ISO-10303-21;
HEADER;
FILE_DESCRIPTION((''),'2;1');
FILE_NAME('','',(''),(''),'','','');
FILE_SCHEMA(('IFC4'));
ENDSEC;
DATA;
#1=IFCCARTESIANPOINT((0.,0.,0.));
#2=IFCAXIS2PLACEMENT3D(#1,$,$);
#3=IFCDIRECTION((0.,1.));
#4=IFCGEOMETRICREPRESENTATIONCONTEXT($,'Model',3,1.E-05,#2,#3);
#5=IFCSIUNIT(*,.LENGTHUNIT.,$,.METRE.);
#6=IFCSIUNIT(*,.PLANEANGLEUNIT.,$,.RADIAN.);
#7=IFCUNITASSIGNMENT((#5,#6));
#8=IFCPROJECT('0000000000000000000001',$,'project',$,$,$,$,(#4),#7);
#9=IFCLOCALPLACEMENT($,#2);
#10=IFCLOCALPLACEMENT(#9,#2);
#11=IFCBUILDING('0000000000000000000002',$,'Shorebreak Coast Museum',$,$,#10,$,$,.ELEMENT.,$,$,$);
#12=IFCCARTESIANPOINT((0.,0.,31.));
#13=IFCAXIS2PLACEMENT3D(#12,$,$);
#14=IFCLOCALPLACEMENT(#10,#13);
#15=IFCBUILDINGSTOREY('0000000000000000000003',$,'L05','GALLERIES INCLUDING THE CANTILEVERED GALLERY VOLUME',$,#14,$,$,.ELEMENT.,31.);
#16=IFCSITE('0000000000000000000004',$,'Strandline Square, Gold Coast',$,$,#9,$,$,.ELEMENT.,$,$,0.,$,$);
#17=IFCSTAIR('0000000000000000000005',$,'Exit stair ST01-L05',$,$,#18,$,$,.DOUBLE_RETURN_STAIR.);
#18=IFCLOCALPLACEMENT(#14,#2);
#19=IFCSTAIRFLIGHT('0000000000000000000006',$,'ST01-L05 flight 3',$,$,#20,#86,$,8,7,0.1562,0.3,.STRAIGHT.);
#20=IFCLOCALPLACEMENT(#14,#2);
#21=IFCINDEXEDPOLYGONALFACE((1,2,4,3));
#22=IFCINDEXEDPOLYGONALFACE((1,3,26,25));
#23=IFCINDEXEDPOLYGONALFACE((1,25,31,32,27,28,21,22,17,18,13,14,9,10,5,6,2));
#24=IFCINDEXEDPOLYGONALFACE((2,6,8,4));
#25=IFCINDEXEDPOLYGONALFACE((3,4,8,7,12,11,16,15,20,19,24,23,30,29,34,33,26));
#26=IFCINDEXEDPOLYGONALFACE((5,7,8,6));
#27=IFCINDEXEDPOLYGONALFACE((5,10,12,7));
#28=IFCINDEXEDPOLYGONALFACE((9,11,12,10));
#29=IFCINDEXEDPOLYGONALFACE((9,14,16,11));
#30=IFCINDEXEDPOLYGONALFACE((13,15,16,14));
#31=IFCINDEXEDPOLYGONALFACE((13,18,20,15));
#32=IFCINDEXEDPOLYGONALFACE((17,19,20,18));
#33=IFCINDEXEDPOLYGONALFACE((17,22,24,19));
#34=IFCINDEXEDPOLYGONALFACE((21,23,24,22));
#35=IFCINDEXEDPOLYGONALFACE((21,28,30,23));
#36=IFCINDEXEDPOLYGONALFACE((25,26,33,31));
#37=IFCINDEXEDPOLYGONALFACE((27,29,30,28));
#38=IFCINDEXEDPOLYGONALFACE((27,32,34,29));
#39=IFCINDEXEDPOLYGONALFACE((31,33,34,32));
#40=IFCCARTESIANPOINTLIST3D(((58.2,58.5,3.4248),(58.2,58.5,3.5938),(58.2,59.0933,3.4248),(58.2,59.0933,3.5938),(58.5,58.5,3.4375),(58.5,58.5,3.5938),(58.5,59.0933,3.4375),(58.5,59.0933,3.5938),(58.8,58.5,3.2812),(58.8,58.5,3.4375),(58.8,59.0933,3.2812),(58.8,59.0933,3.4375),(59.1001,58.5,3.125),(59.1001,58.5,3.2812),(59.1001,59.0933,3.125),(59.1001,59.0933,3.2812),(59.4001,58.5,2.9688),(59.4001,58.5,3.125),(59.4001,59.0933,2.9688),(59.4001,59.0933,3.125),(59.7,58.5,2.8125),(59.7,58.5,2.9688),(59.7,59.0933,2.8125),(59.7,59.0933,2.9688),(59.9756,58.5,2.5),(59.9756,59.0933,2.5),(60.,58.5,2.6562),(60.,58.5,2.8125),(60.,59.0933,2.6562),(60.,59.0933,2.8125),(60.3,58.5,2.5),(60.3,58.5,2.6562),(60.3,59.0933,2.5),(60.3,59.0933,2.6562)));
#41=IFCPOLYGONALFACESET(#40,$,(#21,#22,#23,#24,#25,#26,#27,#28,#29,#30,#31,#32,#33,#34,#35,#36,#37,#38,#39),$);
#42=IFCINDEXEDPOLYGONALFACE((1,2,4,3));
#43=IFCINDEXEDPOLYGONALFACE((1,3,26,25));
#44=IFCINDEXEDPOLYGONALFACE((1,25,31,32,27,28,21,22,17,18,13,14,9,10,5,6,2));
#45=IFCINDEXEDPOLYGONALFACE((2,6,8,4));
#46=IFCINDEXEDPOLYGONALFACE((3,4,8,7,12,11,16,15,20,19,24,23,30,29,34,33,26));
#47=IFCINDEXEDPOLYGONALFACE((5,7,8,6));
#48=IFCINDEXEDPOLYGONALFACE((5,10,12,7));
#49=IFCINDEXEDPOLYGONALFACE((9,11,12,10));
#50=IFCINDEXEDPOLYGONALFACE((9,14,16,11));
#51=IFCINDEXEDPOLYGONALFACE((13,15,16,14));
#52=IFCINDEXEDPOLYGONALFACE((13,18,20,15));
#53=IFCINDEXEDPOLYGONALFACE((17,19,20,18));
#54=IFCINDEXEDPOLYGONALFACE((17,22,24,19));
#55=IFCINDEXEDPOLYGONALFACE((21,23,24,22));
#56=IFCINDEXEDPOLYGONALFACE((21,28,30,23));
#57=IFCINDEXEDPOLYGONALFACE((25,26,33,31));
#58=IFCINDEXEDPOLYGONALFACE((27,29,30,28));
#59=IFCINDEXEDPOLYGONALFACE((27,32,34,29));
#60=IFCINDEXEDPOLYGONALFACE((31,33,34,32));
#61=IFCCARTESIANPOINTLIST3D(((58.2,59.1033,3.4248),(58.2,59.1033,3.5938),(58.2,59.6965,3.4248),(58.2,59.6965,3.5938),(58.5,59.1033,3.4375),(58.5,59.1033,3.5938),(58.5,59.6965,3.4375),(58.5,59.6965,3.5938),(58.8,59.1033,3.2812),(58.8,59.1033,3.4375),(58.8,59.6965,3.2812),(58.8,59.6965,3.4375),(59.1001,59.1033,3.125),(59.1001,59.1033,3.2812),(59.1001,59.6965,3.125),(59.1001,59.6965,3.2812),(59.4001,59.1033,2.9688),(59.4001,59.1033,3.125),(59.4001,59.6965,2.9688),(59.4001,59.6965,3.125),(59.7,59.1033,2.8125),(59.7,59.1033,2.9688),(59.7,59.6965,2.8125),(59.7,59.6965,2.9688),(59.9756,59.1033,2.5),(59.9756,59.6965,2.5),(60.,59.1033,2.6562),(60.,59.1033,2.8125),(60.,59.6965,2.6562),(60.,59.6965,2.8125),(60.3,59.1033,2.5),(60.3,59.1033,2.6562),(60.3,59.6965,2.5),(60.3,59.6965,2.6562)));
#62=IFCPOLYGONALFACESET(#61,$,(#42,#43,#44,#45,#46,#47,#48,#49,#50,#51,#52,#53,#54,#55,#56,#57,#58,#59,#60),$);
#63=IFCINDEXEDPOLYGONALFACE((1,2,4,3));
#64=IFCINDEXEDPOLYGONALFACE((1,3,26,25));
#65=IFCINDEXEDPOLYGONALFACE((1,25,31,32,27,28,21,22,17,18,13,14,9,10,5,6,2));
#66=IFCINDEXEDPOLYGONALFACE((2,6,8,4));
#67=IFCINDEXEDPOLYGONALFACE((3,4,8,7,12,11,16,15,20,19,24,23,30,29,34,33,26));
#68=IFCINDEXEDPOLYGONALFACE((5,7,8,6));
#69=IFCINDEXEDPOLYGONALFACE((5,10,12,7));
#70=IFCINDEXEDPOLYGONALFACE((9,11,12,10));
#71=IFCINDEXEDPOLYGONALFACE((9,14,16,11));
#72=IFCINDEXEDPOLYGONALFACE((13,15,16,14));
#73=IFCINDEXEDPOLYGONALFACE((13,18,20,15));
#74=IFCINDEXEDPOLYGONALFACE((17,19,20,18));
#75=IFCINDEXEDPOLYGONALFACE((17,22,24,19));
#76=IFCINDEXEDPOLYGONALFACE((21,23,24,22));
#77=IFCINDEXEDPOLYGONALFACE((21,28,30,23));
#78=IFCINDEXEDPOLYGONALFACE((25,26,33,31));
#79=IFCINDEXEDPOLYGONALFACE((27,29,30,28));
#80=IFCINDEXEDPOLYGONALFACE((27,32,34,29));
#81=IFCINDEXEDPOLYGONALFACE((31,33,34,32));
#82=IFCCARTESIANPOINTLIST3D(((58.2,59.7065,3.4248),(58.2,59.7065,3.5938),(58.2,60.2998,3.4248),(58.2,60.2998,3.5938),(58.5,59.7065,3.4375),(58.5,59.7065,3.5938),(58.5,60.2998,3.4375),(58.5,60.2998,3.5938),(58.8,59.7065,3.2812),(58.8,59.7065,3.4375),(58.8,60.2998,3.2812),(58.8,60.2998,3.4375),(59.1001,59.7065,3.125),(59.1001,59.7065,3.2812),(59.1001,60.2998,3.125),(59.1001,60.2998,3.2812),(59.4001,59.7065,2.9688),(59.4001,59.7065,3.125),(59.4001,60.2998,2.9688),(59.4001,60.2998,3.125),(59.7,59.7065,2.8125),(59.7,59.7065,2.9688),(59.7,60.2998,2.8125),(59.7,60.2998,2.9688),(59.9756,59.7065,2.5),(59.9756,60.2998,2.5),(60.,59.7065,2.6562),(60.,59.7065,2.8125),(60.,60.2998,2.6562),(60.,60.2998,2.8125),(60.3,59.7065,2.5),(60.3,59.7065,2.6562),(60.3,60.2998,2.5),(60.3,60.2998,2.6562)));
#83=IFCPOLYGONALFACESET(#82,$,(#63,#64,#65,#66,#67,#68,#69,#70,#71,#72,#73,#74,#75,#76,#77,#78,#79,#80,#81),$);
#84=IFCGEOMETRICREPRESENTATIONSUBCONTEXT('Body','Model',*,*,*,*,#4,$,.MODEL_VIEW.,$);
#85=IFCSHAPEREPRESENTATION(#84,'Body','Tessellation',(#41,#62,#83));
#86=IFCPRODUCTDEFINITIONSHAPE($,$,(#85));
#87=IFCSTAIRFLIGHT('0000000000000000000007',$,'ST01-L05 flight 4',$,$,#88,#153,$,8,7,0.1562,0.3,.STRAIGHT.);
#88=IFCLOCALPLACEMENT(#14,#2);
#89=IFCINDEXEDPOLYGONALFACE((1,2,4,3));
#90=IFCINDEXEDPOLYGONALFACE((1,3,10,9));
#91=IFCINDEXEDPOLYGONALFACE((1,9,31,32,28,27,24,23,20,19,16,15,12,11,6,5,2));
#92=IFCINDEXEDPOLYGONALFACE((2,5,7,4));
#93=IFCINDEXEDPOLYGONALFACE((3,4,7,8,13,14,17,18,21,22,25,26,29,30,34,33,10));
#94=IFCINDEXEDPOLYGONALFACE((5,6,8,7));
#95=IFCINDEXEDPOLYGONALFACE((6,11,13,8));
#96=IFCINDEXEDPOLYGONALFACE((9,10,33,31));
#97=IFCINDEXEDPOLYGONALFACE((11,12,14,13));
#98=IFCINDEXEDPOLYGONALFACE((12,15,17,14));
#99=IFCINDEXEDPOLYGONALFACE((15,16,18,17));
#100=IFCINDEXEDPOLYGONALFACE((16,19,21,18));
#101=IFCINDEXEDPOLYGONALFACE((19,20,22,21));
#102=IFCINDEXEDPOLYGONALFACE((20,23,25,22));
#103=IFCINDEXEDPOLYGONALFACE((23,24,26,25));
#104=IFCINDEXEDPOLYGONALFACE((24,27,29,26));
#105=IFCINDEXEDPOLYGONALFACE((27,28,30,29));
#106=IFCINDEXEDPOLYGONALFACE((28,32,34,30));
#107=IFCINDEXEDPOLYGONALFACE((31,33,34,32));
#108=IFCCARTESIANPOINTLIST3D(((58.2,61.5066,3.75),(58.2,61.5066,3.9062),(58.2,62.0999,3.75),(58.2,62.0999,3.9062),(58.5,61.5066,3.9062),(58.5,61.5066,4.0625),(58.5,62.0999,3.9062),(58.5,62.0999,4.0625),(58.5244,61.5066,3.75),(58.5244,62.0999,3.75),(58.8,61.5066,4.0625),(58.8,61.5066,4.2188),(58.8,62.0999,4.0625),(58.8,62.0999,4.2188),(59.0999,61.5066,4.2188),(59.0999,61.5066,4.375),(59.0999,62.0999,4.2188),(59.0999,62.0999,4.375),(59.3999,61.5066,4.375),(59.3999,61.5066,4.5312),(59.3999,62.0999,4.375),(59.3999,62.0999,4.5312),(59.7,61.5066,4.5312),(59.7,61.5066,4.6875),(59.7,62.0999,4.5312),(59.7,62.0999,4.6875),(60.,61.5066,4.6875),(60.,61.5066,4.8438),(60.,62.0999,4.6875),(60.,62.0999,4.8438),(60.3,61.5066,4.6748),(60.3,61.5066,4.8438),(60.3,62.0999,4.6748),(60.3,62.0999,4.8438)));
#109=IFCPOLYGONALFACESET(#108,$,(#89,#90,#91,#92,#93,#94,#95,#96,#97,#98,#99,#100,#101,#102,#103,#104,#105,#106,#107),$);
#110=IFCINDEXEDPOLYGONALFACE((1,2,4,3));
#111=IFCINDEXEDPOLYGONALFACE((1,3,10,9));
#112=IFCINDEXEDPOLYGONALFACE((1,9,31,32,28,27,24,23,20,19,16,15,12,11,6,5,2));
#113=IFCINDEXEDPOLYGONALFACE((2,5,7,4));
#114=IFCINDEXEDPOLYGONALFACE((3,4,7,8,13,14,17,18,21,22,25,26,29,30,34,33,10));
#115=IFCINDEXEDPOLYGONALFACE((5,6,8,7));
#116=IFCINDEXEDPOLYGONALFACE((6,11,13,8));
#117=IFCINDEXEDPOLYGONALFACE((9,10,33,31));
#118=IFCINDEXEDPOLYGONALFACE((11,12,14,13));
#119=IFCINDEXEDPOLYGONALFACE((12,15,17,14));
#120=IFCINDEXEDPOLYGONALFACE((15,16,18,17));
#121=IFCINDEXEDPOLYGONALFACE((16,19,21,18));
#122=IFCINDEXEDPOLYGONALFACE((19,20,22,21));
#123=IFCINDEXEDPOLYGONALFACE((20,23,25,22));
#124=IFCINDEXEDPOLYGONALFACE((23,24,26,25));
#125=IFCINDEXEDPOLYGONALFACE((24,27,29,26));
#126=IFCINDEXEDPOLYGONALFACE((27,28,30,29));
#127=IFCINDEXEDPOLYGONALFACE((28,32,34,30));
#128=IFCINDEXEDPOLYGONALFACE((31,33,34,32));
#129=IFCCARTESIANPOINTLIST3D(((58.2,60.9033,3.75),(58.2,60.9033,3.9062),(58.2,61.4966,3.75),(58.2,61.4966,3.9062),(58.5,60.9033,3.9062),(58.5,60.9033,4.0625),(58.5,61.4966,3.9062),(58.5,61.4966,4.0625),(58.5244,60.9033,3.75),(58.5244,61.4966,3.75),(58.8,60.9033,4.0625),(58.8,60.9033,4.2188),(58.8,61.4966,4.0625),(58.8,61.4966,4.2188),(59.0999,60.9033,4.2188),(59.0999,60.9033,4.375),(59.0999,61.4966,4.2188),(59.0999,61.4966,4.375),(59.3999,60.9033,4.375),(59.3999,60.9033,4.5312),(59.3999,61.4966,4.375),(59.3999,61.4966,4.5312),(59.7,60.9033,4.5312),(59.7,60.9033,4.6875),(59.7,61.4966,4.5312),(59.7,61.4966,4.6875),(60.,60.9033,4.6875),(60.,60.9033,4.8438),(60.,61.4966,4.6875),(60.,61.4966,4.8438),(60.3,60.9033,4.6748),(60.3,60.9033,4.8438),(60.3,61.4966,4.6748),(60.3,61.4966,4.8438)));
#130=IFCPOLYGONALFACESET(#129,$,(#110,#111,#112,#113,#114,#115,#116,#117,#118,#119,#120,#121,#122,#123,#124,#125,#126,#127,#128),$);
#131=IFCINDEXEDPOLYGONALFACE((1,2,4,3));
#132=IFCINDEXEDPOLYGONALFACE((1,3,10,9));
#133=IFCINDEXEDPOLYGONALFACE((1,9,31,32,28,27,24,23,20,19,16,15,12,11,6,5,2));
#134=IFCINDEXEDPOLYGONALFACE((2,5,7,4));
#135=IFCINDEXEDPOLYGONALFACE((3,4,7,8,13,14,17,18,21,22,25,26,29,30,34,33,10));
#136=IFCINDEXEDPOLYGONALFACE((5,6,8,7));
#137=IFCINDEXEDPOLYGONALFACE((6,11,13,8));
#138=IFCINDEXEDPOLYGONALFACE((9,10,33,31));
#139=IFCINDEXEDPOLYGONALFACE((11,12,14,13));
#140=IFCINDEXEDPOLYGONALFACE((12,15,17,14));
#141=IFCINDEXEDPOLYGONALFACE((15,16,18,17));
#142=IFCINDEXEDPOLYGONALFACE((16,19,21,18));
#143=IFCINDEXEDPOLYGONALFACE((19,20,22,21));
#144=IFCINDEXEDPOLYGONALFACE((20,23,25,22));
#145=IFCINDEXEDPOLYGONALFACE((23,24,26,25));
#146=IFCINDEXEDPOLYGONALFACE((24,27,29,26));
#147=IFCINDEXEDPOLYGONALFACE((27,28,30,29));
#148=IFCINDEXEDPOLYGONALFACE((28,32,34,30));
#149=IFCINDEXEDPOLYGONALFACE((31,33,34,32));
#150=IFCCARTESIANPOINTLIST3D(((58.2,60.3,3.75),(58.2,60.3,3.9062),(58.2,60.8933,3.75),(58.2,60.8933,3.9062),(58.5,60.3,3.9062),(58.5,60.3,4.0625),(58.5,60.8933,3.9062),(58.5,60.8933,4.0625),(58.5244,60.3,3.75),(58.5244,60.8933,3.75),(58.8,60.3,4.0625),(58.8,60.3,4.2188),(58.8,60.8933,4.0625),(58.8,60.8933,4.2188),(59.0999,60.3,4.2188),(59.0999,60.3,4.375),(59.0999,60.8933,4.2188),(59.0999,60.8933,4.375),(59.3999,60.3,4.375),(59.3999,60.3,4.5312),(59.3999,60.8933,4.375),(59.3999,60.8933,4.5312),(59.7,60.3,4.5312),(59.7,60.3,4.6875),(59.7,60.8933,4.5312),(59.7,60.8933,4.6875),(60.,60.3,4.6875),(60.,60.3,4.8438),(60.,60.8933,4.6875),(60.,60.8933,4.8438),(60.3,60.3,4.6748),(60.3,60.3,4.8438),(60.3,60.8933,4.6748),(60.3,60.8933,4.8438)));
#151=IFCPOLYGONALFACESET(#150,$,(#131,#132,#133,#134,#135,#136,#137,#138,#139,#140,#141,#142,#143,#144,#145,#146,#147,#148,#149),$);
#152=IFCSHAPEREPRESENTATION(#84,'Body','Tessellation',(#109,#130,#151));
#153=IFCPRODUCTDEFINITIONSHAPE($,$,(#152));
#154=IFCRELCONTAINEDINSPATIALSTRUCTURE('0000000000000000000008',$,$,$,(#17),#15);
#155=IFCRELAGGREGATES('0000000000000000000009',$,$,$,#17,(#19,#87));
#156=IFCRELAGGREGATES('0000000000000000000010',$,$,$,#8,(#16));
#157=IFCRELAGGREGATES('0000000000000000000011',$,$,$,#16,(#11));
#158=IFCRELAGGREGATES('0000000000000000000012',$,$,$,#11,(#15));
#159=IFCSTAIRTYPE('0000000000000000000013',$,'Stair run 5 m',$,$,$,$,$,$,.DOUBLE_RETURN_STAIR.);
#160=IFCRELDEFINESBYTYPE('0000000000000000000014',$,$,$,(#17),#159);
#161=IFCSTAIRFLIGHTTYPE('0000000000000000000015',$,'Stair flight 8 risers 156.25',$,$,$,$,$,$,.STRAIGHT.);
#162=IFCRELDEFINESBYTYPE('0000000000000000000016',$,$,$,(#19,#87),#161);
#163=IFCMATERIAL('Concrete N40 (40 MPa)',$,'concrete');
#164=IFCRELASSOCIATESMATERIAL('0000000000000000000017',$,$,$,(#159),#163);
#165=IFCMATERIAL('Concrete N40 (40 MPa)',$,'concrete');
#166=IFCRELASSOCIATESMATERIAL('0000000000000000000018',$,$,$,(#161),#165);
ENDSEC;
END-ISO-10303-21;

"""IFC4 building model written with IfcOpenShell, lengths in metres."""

from ifc_helpers import new_model, si_unit, direction, frame, origin, place, context, subcontext, project, spatial, polyline, outline, extrude, material, type_object, element, aggregate, save


model = new_model("IFC4")

# Units and contexts
model_context = context("Model", 3, precision=1e-05, world=origin(), true_north=direction((0.0, 1.0)))
body_context = subcontext(model_context, "Body", "Model", "MODEL_VIEW")
ifc_project = project(units=[si_unit("LENGTHUNIT", "METRE"), si_unit("PLANEANGLEUNIT", "RADIAN")], contexts=[model_context])

# Site, building, storey
site_placement = place(None, origin())
site = spatial("IfcSite", under=ifc_project, at=site_placement, Name="Strandline Square, Gold Coast", CompositionType="ELEMENT", RefElevation=0.0)
building_placement = place(site_placement, origin())
building = spatial("IfcBuilding", under=site, at=building_placement, Name="Shorebreak Coast Museum", CompositionType="ELEMENT")
storey_placement = place(building_placement, frame((0.0, 0.0, 31.0)))
storey = spatial("IfcBuildingStorey", under=building, at=storey_placement, Name="L05", Description="GALLERIES INCLUDING THE CANTILEVERED GALLERY VOLUME", CompositionType="ELEMENT", Elevation=31.0)

# Stair, stair flights
ifc_material_1 = material(Name="Concrete N40 (40 MPa)", Category="concrete")
stair_type = type_object("IfcStairType", Name="Stair run 5 m", PredefinedType="DOUBLE_RETURN_STAIR", material=ifc_material_1)
stair_placement = place(storey_placement, origin())
stair = element("IfcStair", 1, at=stair_placement, inside=storey, type_object=stair_type, Name="Exit stair ST01-L05", PredefinedType="DOUBLE_RETURN_STAIR")
ifc_material_2 = material(Name="Concrete N40 (40 MPa)", Category="concrete")
stair_flight_type = type_object("IfcStairFlightType", Name="Stair flight 8 risers 156.25", PredefinedType="STRAIGHT", material=ifc_material_2)
stair_flight_1_placement = place(storey_placement, frame((60.3, 59.3999, 2.5), z_axis=(0.0, 0.0, 1.0), x_axis=(-1.0, 0.0, 0.0)))
stair_flight_1 = element("IfcStairFlight", 2, at=stair_flight_1_placement, type_object=stair_flight_type, Name="ST01-L05 flight 3", NumberOfRisers=8, NumberOfTreads=7, PredefinedType="STRAIGHT", RiserHeight=0.1562, TreadLength=0.3, context=body_context, shape_type="SweptSolid", body=[
    extrude(outline(polyline([(0.0, 0.0), (0.0, 0.1562), (0.3, 0.1562), (0.3, 0.3125), (0.6001, 0.3125), (0.6001, 0.4688), (0.8999, 0.4688), (0.8999, 0.625), (1.2, 0.625), (1.2, 0.7812), (1.5, 0.7812), (1.5, 0.9375), (1.8, 0.9375), (1.8, 1.0938), (2.1001, 1.0938), (2.1001, 1.25), (2.1001, 0.9248), (0.3245, 0.0), (0.0, 0.0)])), frame((0.0, 0.8999, 0.0), z_axis=(0.0, -1.0, 0.0), x_axis=(1.0, 0.0, 0.0)), (0.0, 0.0, 1.0), 0.5933),
    extrude(outline(polyline([(0.0, 0.0), (0.0, 0.1562), (0.3, 0.1562), (0.3, 0.3125), (0.6001, 0.3125), (0.6001, 0.4688), (0.8999, 0.4688), (0.8999, 0.625), (1.2, 0.625), (1.2, 0.7812), (1.5, 0.7812), (1.5, 0.9375), (1.8, 0.9375), (1.8, 1.0938), (2.1001, 1.0938), (2.1001, 1.25), (2.1001, 0.9248), (0.3245, 0.0), (0.0, 0.0)])), frame((0.0, 0.2966, 0.0), z_axis=(0.0, -1.0, 0.0), x_axis=(1.0, 0.0, 0.0)), (0.0, 0.0, 1.0), 0.5933),
    extrude(outline(polyline([(0.0, 0.0), (0.0, 0.1562), (0.3, 0.1562), (0.3, 0.3125), (0.6001, 0.3125), (0.6001, 0.4688), (0.8999, 0.4688), (0.8999, 0.625), (1.2, 0.625), (1.2, 0.7812), (1.5, 0.7812), (1.5, 0.9375), (1.8, 0.9375), (1.8, 1.0938), (2.1001, 1.0938), (2.1001, 1.25), (2.1001, 0.9248), (0.3245, 0.0), (0.0, 0.0)])), frame((0.0, -0.3066, 0.0), z_axis=(0.0, -1.0, 0.0), x_axis=(1.0, 0.0, 0.0)), (0.0, 0.0, 1.0), 0.5933),
])
stair_flight_2_placement = place(storey_placement, frame((58.2, 61.2, 3.75), z_axis=(0.0, 0.0, 1.0), x_axis=(1.0, 0.0, 0.0)))
stair_flight_2 = element("IfcStairFlight", 3, at=stair_flight_2_placement, type_object=stair_flight_type, Name="ST01-L05 flight 4", NumberOfRisers=8, NumberOfTreads=7, PredefinedType="STRAIGHT", RiserHeight=0.1562, TreadLength=0.3, context=body_context, shape_type="SweptSolid", body=[
    extrude(outline(polyline([(0.0, 0.0), (0.0, 0.1562), (0.3, 0.1562), (0.3, 0.3125), (0.6001, 0.3125), (0.6001, 0.4688), (0.8999, 0.4688), (0.8999, 0.625), (1.2, 0.625), (1.2, 0.7812), (1.5, 0.7812), (1.5, 0.9375), (1.8, 0.9375), (1.8, 1.0938), (2.1001, 1.0938), (2.1001, 1.25), (2.1001, 0.9248), (0.3245, 0.0), (0.0, 0.0)])), frame((0.0, 0.8999, 0.0), z_axis=(0.0, -1.0, 0.0), x_axis=(1.0, 0.0, 0.0)), (0.0, 0.0, 1.0), 0.5933),
    extrude(outline(polyline([(0.0, 0.0), (0.0, 0.1562), (0.3, 0.1562), (0.3, 0.3125), (0.6001, 0.3125), (0.6001, 0.4688), (0.8999, 0.4688), (0.8999, 0.625), (1.2, 0.625), (1.2, 0.7812), (1.5, 0.7812), (1.5, 0.9375), (1.8, 0.9375), (1.8, 1.0938), (2.1001, 1.0938), (2.1001, 1.25), (2.1001, 0.9248), (0.3245, 0.0), (0.0, 0.0)])), frame((0.0, 0.2966, 0.0), z_axis=(0.0, -1.0, 0.0), x_axis=(1.0, 0.0, 0.0)), (0.0, 0.0, 1.0), 0.5933),
    extrude(outline(polyline([(0.0, 0.0), (0.0, 0.1562), (0.3, 0.1562), (0.3, 0.3125), (0.6001, 0.3125), (0.6001, 0.4688), (0.8999, 0.4688), (0.8999, 0.625), (1.2, 0.625), (1.2, 0.7812), (1.5, 0.7812), (1.5, 0.9375), (1.8, 0.9375), (1.8, 1.0938), (2.1001, 1.0938), (2.1001, 1.25), (2.1001, 0.9248), (0.3245, 0.0), (0.0, 0.0)])), frame((0.0, -0.3066, 0.0), z_axis=(0.0, -1.0, 0.0), x_axis=(1.0, 0.0, 0.0)), (0.0, 0.0, 1.0), 0.5933),
])
aggregate(stair, [stair_flight_1, stair_flight_2])

save(model, "model.ifc")
